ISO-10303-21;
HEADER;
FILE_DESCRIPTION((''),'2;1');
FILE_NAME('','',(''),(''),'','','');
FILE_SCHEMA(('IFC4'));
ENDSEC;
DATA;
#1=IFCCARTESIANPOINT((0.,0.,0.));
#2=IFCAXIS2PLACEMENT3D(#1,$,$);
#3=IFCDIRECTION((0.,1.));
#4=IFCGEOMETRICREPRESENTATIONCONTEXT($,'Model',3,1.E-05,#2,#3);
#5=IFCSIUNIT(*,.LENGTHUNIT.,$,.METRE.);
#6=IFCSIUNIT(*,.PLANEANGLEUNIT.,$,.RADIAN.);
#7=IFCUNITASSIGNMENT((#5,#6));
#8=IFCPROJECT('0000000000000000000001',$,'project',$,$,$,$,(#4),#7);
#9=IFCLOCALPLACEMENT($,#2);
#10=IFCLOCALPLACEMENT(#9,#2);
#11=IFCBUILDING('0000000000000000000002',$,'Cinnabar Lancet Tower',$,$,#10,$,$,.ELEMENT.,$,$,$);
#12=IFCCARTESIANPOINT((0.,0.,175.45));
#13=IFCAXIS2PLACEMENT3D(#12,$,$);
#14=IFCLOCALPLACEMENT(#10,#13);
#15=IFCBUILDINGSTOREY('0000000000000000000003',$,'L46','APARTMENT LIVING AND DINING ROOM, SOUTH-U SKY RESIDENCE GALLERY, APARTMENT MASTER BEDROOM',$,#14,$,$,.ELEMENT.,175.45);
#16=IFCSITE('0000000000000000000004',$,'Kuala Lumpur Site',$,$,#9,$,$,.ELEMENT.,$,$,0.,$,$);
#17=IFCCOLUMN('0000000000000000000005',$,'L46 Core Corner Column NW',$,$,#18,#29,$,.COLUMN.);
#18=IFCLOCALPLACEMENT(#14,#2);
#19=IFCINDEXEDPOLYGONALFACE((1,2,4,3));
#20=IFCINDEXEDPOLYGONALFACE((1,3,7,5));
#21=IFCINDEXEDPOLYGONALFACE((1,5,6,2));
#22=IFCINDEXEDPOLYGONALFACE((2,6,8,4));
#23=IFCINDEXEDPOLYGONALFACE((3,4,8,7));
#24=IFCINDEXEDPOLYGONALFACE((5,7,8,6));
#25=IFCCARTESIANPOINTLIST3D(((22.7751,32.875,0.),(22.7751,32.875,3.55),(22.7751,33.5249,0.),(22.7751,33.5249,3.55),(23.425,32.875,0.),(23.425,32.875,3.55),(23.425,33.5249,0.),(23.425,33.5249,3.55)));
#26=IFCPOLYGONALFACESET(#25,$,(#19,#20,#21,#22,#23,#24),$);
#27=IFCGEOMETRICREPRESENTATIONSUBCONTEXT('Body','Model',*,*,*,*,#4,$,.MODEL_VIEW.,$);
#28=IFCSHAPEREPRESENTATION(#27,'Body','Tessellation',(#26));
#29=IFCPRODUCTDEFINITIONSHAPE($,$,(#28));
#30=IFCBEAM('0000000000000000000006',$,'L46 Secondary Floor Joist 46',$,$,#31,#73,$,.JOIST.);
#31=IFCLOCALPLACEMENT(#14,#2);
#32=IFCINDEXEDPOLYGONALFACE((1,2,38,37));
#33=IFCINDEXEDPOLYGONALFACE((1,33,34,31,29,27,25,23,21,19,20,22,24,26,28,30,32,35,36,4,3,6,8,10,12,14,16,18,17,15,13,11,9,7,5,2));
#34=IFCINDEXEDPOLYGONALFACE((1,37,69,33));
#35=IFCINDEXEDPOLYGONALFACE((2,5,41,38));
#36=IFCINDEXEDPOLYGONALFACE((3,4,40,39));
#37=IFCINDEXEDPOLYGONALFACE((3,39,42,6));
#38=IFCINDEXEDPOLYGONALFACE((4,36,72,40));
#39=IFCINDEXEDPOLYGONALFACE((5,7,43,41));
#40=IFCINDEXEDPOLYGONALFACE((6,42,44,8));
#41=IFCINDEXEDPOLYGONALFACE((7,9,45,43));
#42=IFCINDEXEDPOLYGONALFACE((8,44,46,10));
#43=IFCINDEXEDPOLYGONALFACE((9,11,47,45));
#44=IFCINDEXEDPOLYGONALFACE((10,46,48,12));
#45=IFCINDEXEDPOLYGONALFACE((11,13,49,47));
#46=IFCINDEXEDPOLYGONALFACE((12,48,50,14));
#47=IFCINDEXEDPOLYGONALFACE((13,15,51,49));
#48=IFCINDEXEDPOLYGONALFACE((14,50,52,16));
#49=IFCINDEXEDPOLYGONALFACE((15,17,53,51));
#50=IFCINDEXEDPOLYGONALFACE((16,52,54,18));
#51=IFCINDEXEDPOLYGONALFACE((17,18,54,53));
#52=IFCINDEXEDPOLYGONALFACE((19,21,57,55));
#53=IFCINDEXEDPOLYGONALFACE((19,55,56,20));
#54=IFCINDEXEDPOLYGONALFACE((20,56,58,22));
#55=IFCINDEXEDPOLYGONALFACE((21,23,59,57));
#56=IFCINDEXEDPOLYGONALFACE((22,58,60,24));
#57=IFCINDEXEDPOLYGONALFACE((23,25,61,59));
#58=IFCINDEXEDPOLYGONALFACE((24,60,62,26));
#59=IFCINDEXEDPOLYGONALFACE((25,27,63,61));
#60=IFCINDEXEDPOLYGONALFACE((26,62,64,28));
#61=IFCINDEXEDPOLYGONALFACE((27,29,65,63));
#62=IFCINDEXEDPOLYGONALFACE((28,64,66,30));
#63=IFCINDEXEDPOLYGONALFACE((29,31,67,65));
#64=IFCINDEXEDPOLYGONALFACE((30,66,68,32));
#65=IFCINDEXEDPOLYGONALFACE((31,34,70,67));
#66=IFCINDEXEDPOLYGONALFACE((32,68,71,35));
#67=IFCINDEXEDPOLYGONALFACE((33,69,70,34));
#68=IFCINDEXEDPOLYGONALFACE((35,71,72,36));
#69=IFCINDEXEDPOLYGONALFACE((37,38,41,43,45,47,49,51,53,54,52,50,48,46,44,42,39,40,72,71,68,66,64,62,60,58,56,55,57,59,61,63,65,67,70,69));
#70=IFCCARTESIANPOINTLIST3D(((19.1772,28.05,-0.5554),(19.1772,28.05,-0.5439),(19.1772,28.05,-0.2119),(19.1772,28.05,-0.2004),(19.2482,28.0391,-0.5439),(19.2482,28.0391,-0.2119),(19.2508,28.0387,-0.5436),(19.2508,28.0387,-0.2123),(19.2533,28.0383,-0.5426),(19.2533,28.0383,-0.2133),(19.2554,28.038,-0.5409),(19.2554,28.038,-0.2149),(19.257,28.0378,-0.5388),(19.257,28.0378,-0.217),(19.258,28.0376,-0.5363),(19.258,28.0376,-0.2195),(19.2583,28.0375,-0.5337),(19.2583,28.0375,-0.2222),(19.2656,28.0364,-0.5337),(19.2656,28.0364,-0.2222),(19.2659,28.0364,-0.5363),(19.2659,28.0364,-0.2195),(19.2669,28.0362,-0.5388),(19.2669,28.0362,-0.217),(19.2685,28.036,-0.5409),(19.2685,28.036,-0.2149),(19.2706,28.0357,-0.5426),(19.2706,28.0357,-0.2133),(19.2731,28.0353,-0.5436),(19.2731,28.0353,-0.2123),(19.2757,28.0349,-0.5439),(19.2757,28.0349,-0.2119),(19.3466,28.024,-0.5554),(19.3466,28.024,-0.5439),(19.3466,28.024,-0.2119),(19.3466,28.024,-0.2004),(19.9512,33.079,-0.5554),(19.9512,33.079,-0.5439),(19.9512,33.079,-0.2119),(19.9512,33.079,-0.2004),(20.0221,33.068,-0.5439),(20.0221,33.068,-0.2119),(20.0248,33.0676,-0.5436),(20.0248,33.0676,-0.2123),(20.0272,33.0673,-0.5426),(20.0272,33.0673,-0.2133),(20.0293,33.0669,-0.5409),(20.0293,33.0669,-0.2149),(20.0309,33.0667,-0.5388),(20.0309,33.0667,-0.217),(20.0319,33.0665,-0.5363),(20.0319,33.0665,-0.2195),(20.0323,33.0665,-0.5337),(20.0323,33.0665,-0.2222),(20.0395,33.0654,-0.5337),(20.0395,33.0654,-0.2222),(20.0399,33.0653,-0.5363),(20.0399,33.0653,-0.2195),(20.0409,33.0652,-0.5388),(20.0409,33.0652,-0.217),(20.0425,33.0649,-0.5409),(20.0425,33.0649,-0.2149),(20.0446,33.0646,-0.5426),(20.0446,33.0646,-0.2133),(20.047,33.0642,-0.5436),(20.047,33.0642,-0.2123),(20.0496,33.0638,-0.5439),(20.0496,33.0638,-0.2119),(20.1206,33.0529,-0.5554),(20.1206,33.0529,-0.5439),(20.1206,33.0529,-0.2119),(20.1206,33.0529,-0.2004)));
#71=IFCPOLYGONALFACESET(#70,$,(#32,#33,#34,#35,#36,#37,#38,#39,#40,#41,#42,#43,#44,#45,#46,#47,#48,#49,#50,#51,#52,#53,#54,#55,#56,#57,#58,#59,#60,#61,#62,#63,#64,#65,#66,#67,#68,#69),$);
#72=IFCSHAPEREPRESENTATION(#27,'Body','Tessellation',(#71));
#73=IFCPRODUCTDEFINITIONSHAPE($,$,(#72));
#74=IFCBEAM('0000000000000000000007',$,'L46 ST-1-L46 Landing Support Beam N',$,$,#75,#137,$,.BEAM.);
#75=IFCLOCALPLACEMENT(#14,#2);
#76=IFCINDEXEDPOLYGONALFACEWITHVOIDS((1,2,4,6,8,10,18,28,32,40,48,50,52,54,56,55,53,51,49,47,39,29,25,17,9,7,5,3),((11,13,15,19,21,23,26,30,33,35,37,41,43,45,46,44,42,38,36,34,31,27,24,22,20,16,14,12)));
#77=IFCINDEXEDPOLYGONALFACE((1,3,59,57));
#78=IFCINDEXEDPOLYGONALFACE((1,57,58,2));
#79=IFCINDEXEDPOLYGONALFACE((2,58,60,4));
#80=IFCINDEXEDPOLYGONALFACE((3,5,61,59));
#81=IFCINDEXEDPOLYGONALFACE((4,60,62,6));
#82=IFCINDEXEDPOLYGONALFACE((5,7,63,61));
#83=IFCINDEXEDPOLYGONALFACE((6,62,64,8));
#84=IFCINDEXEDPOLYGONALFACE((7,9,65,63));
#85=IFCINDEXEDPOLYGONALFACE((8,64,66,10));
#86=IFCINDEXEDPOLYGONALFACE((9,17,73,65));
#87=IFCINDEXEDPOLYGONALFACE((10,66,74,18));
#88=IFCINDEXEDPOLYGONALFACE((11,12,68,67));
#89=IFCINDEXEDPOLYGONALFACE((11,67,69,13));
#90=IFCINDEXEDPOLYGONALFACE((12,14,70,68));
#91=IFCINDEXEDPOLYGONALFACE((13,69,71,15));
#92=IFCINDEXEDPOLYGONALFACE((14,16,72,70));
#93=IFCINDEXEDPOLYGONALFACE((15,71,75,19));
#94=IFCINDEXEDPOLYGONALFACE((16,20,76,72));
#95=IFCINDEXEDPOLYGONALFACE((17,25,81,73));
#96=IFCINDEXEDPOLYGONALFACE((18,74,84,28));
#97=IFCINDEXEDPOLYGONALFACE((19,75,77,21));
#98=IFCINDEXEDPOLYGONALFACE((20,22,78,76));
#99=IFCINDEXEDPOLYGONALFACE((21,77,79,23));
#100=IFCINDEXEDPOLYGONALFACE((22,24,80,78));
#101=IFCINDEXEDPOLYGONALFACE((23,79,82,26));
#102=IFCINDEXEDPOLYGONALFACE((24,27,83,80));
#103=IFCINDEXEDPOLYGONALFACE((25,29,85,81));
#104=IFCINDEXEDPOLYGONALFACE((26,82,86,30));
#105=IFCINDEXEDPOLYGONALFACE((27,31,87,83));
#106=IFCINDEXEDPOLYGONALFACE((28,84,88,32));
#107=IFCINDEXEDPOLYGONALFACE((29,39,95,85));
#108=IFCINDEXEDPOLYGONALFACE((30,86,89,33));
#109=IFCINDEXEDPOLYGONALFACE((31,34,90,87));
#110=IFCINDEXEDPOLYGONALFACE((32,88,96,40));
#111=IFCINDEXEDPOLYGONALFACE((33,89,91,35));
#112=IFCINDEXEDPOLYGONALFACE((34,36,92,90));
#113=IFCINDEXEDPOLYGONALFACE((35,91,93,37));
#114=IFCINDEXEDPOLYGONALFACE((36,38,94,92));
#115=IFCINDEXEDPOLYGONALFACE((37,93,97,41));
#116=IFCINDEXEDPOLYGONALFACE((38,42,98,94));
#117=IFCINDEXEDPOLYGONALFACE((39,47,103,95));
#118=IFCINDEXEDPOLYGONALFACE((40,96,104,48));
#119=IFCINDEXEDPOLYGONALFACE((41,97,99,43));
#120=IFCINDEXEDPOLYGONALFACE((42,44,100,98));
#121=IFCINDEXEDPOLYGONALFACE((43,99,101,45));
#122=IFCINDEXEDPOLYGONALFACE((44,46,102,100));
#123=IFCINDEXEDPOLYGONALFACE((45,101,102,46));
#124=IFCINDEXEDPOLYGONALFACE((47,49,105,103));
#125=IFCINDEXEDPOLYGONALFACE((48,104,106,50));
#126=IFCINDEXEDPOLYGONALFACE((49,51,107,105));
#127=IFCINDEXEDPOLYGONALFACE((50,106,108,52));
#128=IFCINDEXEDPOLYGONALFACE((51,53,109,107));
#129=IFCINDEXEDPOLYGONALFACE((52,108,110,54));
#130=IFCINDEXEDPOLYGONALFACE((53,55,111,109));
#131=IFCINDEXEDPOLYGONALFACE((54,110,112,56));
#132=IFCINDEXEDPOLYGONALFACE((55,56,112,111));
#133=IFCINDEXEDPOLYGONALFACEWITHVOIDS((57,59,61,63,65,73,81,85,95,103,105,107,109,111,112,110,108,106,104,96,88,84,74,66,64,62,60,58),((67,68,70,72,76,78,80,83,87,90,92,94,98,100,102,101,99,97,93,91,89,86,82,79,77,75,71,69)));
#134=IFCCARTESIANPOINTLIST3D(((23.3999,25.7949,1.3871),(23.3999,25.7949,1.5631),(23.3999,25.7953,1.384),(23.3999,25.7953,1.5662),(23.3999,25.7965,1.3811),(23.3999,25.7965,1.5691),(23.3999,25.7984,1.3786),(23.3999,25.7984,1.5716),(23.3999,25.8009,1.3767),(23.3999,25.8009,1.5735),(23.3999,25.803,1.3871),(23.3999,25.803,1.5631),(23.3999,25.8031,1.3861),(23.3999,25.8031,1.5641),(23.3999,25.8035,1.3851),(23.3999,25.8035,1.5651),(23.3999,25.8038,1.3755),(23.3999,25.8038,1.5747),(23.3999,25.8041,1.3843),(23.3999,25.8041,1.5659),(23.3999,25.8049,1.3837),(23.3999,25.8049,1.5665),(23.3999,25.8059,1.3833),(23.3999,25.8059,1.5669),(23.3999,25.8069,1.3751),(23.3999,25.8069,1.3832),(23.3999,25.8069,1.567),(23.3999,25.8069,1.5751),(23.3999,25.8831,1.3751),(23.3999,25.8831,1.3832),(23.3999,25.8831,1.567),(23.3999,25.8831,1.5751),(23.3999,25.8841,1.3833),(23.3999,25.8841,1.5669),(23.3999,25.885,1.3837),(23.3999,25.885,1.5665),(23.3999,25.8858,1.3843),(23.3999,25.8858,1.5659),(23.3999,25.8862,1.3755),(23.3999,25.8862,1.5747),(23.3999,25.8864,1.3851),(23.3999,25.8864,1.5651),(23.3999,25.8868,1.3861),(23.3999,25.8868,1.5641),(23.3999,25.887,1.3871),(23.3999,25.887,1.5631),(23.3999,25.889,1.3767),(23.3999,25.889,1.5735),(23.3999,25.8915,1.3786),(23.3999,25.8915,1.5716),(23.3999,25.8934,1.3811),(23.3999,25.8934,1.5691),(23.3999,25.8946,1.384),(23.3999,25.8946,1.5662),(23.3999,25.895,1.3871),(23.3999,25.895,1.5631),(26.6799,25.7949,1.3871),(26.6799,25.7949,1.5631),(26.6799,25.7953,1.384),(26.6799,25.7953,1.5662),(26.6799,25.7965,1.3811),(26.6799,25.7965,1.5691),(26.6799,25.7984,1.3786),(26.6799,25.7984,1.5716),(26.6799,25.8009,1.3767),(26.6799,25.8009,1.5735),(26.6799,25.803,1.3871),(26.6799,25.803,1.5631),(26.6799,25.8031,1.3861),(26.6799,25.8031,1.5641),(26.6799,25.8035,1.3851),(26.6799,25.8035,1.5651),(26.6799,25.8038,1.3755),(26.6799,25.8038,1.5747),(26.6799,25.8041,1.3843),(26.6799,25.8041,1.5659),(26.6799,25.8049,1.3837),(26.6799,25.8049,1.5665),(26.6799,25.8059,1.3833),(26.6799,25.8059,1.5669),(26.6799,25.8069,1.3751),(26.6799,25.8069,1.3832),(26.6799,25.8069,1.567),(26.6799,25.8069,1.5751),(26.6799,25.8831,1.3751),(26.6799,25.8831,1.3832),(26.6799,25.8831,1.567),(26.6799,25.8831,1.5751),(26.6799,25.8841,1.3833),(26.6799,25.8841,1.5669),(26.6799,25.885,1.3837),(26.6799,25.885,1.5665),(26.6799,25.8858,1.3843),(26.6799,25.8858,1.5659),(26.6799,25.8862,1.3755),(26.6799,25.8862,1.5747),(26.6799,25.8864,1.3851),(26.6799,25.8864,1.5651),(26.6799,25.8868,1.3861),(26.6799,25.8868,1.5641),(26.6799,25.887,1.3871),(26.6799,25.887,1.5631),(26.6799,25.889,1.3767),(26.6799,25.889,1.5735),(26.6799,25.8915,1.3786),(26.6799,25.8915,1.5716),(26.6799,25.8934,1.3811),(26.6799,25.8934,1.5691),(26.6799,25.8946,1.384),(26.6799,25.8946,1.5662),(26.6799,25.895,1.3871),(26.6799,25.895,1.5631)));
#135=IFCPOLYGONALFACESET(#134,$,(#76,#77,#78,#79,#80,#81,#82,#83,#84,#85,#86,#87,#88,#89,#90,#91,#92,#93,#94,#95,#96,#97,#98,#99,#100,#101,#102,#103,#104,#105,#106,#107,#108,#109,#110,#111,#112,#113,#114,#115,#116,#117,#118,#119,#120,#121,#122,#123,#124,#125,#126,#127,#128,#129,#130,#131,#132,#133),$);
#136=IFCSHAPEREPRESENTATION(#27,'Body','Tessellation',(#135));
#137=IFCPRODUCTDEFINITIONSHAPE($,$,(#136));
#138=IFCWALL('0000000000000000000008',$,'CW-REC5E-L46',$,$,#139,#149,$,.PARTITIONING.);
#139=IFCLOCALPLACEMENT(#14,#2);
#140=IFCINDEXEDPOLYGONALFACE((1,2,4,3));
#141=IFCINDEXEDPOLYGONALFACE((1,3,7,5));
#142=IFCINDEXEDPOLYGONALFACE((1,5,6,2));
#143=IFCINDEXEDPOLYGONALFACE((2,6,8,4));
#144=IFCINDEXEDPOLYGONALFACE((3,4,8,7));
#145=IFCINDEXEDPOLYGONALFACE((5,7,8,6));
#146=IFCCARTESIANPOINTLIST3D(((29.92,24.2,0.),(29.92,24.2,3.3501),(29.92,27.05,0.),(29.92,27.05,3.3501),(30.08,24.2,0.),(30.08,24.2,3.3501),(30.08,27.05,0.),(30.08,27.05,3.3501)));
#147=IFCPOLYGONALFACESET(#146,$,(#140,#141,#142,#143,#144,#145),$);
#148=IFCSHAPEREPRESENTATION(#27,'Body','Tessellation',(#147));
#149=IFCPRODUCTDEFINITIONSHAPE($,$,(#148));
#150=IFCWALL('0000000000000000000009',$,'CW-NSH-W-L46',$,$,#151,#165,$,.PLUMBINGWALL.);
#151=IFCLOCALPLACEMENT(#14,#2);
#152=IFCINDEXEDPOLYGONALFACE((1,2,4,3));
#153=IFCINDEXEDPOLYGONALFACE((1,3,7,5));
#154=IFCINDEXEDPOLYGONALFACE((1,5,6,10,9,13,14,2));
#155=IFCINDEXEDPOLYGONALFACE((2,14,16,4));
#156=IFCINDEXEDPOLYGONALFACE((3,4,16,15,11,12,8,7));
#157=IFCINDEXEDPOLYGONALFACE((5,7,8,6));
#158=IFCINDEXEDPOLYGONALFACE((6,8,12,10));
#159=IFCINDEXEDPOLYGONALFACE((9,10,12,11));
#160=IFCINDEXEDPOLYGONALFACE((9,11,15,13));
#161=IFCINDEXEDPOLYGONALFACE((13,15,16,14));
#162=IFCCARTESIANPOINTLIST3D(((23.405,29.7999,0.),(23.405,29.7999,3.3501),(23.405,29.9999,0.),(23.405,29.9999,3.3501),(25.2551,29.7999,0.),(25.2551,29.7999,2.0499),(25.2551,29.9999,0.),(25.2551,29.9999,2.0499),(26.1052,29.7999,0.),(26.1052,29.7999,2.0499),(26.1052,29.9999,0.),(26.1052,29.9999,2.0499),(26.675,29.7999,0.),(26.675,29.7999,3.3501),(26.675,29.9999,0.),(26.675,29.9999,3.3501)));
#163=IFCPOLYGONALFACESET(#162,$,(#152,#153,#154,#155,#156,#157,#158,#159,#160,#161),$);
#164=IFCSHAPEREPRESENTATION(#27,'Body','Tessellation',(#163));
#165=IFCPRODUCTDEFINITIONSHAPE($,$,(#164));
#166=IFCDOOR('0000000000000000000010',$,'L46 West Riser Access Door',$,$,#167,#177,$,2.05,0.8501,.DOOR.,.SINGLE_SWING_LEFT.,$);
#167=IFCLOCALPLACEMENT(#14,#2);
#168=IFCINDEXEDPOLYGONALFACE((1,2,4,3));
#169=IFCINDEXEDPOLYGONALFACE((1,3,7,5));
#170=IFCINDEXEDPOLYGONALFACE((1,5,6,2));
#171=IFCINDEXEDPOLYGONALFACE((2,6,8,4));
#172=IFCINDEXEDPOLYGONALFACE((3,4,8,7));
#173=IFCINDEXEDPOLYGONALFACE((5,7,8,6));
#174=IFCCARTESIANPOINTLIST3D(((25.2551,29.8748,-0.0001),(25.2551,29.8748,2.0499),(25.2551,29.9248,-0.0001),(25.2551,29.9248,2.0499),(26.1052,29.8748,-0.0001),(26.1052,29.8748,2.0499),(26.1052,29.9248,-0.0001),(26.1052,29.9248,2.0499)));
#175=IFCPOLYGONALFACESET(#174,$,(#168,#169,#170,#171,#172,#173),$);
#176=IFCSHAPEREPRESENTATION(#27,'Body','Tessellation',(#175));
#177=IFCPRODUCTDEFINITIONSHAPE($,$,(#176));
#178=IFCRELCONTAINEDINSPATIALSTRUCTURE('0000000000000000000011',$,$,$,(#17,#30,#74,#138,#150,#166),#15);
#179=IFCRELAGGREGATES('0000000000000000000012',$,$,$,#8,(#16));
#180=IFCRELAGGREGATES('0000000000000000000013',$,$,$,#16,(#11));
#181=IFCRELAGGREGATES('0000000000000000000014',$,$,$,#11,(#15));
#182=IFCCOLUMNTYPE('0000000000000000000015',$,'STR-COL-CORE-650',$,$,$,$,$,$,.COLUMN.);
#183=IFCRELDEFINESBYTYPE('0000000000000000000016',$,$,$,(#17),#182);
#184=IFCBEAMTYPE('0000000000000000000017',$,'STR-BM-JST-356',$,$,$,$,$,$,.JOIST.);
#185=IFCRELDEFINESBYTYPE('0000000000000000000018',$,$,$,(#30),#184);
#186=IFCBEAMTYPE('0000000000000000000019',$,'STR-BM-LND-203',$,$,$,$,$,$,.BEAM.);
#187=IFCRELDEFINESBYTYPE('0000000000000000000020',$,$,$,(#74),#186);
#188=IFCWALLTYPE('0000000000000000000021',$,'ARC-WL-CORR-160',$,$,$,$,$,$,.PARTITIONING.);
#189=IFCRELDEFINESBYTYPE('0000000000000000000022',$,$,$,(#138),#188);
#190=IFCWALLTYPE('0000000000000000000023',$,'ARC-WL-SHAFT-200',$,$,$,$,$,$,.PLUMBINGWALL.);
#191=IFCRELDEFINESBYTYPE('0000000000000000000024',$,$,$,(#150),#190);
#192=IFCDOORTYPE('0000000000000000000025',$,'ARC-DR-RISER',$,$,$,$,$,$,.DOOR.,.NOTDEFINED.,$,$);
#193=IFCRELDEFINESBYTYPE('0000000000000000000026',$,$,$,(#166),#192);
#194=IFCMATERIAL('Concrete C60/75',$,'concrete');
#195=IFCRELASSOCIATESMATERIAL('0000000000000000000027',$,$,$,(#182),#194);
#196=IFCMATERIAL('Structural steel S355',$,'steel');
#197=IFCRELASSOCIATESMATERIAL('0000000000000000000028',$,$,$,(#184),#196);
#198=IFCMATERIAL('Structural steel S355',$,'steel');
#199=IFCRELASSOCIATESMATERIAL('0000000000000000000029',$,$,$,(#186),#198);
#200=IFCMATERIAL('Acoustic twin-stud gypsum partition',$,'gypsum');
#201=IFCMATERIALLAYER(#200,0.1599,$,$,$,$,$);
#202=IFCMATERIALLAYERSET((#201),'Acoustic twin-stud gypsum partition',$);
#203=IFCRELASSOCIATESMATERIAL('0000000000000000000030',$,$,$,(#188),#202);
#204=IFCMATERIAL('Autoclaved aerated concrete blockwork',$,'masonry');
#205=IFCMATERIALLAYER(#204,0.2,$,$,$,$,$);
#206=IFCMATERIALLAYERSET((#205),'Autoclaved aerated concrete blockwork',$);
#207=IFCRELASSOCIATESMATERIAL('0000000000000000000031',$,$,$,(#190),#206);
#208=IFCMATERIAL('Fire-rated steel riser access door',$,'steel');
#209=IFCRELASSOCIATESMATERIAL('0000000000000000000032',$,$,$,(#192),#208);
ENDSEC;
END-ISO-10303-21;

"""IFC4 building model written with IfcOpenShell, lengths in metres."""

from ifc_helpers import new_model, si_unit, direction, frame, frame_2d, origin, origin_2d, place, context, subcontext, project, spatial, rectangle, hollow_rectangle, i_section, extrude, material, layer, layer_set, material_profile, profile_set, type_object, element, fill, save


model = new_model("IFC4")

# Units and contexts
model_context = context("Model", 3, precision=1e-05, world=origin(), true_north=direction((0.0, 1.0)))
body_context = subcontext(model_context, "Body", "Model", "MODEL_VIEW")
ifc_project = project(units=[si_unit("LENGTHUNIT", "METRE"), si_unit("PLANEANGLEUNIT", "RADIAN")], contexts=[model_context])

# Site, building, storey
site_placement = place(None, origin())
site = spatial("IfcSite", under=ifc_project, at=site_placement, Name="Kuala Lumpur Site", CompositionType="ELEMENT", RefElevation=0.0)
building_placement = place(site_placement, origin())
building = spatial("IfcBuilding", under=site, at=building_placement, Name="Cinnabar Lancet Tower", CompositionType="ELEMENT")
storey_placement = place(building_placement, frame((0.0, 0.0, 175.45)))
storey = spatial("IfcBuildingStorey", under=building, at=storey_placement, Name="L46", Description="APARTMENT LIVING AND DINING ROOM, SOUTH-U SKY RESIDENCE GALLERY, APARTMENT MASTER BEDROOM", CompositionType="ELEMENT", Elevation=175.45)

# Column
ifc_material_1 = material(Name="Concrete C60/75", Category="concrete")
ifc_material_profile_1 = material_profile(ifc_material_1, rectangle(XDim=0.6499, YDim=0.6499, at=origin_2d()), Name="RC-COL 650x650")
ifc_profile_set_1 = profile_set([ifc_material_profile_1], Name="Concrete C60/75")
column_type = type_object("IfcColumnType", Name="STR-COL-CORE-650", PredefinedType="COLUMN", material=ifc_profile_set_1)
column_placement = place(storey_placement, frame((23.1001, 33.2, 0.0), z_axis=(0.0, 0.0, 1.0), x_axis=(1.0, 0.0, 0.0)))
element("IfcColumn", 1, at=column_placement, inside=storey, type_object=column_type, Name="L46 Core Corner Column NW", PredefinedType="COLUMN", context=body_context, shape_type="SweptSolid", body=[
    extrude(rectangle(XDim=0.6499, YDim=0.6499, at=origin_2d()), origin(), (0.0, 0.0, 1.0), 3.55),
])

# Beams
ifc_material_2 = material(Name="Structural steel S355", Category="steel")
ifc_material_profile_2 = material_profile(ifc_material_2, i_section(OverallWidth=0.1714, OverallDepth=0.355, WebThickness=0.0073, FlangeThickness=0.0115, FilletRadius=0.0103, at=origin_2d()), Name="UKB 356x171x51")
ifc_profile_set_2 = profile_set([ifc_material_profile_2], Name="Structural steel S355")
beam_type_1 = type_object("IfcBeamType", Name="STR-BM-JST-356", PredefinedType="JOIST", material=ifc_profile_set_2)
beam_1_placement = place(storey_placement, frame((20.0359, 33.0659, -0.3779), z_axis=(-0.152108, -0.988364, 0.0), x_axis=(0.988364, -0.152108, 0.0)))
element("IfcBeam", 2, at=beam_1_placement, inside=storey, type_object=beam_type_1, Name="L46 Secondary Floor Joist 46", PredefinedType="JOIST", context=body_context, shape_type="SweptSolid", body=[
    extrude(i_section(OverallWidth=0.1714, OverallDepth=0.355, WebThickness=0.0073, FlangeThickness=0.0115, FilletRadius=0.0103, at=origin_2d()), origin(), (0.0, 0.0, 1.0), 5.0881),
])
ifc_material_3 = material(Name="Structural steel S355", Category="steel")
ifc_material_profile_3 = material_profile(ifc_material_3, hollow_rectangle(XDim=0.1001, YDim=0.2, WallThickness=0.0081, InnerFilletRadius=0.0039, OuterFilletRadius=0.012, at=origin_2d()), Name="RHS 200x100x8")
ifc_profile_set_3 = profile_set([ifc_material_profile_3], Name="Structural steel S355")
beam_type_2 = type_object("IfcBeamType", Name="STR-BM-LND-203", PredefinedType="BEAM", material=ifc_profile_set_3)
beam_2_placement = place(storey_placement, frame((23.3999, 25.845, 1.4751), z_axis=(1.0, 0.0, 0.0), x_axis=(0.0, 1.0, 0.0)))
element("IfcBeam", 3, at=beam_2_placement, inside=storey, type_object=beam_type_2, Name="L46 ST-1-L46 Landing Support Beam N", PredefinedType="BEAM", context=body_context, shape_type="SweptSolid", body=[
    extrude(hollow_rectangle(XDim=0.1001, YDim=0.2, WallThickness=0.0081, InnerFilletRadius=0.0039, OuterFilletRadius=0.012, at=origin_2d()), origin(), (0.0, 0.0, 1.0), 3.28),
])

# Wall
ifc_material_4 = material(Name="Acoustic twin-stud gypsum partition", Category="gypsum")
ifc_layer_1 = layer(ifc_material_4, 0.1599)
ifc_layer_set_1 = layer_set([ifc_layer_1], Name="Acoustic twin-stud gypsum partition")
wall_type_1 = type_object("IfcWallType", Name="ARC-WL-CORR-160", PredefinedType="PARTITIONING", material=ifc_layer_set_1)
wall_1_placement = place(storey_placement, frame((30.0, 24.2, 0.0), z_axis=(0.0, 0.0, 1.0), x_axis=(0.0, 1.0, 0.0)))
element("IfcWall", 4, at=wall_1_placement, inside=storey, type_object=wall_type_1, Name="CW-REC5E-L46", PredefinedType="PARTITIONING", context=body_context, shape_type="SweptSolid", body=[
    extrude(rectangle(XDim=2.8501, YDim=0.1599, at=frame_2d((1.425, 0.0))), origin(), (0.0, 0.0, 1.0), 3.3501),
])

# Wall, opening, door
ifc_material_5 = material(Name="Autoclaved aerated concrete blockwork", Category="masonry")
ifc_layer_2 = layer(ifc_material_5, 0.2)
ifc_layer_set_2 = layer_set([ifc_layer_2], Name="Autoclaved aerated concrete blockwork")
wall_type_2 = type_object("IfcWallType", Name="ARC-WL-SHAFT-200", PredefinedType="PLUMBINGWALL", material=ifc_layer_set_2)
wall_2_placement = place(storey_placement, frame((23.405, 29.8999, 0.0), z_axis=(0.0, 0.0, 1.0), x_axis=(1.0, 0.0, 0.0)))
wall_2 = element("IfcWall", 5, at=wall_2_placement, inside=storey, type_object=wall_type_2, Name="CW-NSH-W-L46", PredefinedType="PLUMBINGWALL", context=body_context, shape_type="SweptSolid", body=[
    extrude(rectangle(XDim=3.27, YDim=0.2, at=frame_2d((1.635, 0.0))), origin(), (0.0, 0.0, 1.0), 3.3501),
])
opening_1_placement = place(wall_2_placement, frame((1.8501, 0.0, 0.0)))
opening_1 = element("IfcOpeningElement", 6, at=opening_1_placement, cuts=wall_2, PredefinedType="OPENING", context=body_context, shape_type="SweptSolid", body=[
    extrude(rectangle(XDim=0.8501, YDim=2.05, at=frame_2d((0.425, 1.0249))), frame((0.0, 0.1099, 0.0), z_axis=(0.0, -1.0, 0.0), x_axis=(1.0, 0.0, 0.0)), (0.0, 0.0, 1.0), 0.22),
])
ifc_material_6 = material(Name="Fire-rated steel riser access door", Category="steel")
door_type_1 = type_object("IfcDoorType", Name="ARC-DR-RISER", OperationType="NOTDEFINED", PredefinedType="DOOR", material=ifc_material_6)
door_1_placement = place(opening_1_placement, origin())
door_1 = element("IfcDoor", 7, at=door_1_placement, inside=storey, type_object=door_type_1, Name="L46 West Riser Access Door", OperationType="SINGLE_SWING_LEFT", OverallHeight=2.05, OverallWidth=0.8501, PredefinedType="DOOR", context=body_context, shape_type="SweptSolid", body=[
    extrude(rectangle(XDim=0.8501, YDim=2.05, at=frame_2d((0.425, 1.0249))), frame((0.0, 0.0249, 0.0), z_axis=(0.0, -1.0, 0.0), x_axis=(1.0, 0.0, 0.0)), (0.0, 0.0, 1.0), 0.05),
])
fill(opening_1, door_1)

save(model, "model.ifc")
